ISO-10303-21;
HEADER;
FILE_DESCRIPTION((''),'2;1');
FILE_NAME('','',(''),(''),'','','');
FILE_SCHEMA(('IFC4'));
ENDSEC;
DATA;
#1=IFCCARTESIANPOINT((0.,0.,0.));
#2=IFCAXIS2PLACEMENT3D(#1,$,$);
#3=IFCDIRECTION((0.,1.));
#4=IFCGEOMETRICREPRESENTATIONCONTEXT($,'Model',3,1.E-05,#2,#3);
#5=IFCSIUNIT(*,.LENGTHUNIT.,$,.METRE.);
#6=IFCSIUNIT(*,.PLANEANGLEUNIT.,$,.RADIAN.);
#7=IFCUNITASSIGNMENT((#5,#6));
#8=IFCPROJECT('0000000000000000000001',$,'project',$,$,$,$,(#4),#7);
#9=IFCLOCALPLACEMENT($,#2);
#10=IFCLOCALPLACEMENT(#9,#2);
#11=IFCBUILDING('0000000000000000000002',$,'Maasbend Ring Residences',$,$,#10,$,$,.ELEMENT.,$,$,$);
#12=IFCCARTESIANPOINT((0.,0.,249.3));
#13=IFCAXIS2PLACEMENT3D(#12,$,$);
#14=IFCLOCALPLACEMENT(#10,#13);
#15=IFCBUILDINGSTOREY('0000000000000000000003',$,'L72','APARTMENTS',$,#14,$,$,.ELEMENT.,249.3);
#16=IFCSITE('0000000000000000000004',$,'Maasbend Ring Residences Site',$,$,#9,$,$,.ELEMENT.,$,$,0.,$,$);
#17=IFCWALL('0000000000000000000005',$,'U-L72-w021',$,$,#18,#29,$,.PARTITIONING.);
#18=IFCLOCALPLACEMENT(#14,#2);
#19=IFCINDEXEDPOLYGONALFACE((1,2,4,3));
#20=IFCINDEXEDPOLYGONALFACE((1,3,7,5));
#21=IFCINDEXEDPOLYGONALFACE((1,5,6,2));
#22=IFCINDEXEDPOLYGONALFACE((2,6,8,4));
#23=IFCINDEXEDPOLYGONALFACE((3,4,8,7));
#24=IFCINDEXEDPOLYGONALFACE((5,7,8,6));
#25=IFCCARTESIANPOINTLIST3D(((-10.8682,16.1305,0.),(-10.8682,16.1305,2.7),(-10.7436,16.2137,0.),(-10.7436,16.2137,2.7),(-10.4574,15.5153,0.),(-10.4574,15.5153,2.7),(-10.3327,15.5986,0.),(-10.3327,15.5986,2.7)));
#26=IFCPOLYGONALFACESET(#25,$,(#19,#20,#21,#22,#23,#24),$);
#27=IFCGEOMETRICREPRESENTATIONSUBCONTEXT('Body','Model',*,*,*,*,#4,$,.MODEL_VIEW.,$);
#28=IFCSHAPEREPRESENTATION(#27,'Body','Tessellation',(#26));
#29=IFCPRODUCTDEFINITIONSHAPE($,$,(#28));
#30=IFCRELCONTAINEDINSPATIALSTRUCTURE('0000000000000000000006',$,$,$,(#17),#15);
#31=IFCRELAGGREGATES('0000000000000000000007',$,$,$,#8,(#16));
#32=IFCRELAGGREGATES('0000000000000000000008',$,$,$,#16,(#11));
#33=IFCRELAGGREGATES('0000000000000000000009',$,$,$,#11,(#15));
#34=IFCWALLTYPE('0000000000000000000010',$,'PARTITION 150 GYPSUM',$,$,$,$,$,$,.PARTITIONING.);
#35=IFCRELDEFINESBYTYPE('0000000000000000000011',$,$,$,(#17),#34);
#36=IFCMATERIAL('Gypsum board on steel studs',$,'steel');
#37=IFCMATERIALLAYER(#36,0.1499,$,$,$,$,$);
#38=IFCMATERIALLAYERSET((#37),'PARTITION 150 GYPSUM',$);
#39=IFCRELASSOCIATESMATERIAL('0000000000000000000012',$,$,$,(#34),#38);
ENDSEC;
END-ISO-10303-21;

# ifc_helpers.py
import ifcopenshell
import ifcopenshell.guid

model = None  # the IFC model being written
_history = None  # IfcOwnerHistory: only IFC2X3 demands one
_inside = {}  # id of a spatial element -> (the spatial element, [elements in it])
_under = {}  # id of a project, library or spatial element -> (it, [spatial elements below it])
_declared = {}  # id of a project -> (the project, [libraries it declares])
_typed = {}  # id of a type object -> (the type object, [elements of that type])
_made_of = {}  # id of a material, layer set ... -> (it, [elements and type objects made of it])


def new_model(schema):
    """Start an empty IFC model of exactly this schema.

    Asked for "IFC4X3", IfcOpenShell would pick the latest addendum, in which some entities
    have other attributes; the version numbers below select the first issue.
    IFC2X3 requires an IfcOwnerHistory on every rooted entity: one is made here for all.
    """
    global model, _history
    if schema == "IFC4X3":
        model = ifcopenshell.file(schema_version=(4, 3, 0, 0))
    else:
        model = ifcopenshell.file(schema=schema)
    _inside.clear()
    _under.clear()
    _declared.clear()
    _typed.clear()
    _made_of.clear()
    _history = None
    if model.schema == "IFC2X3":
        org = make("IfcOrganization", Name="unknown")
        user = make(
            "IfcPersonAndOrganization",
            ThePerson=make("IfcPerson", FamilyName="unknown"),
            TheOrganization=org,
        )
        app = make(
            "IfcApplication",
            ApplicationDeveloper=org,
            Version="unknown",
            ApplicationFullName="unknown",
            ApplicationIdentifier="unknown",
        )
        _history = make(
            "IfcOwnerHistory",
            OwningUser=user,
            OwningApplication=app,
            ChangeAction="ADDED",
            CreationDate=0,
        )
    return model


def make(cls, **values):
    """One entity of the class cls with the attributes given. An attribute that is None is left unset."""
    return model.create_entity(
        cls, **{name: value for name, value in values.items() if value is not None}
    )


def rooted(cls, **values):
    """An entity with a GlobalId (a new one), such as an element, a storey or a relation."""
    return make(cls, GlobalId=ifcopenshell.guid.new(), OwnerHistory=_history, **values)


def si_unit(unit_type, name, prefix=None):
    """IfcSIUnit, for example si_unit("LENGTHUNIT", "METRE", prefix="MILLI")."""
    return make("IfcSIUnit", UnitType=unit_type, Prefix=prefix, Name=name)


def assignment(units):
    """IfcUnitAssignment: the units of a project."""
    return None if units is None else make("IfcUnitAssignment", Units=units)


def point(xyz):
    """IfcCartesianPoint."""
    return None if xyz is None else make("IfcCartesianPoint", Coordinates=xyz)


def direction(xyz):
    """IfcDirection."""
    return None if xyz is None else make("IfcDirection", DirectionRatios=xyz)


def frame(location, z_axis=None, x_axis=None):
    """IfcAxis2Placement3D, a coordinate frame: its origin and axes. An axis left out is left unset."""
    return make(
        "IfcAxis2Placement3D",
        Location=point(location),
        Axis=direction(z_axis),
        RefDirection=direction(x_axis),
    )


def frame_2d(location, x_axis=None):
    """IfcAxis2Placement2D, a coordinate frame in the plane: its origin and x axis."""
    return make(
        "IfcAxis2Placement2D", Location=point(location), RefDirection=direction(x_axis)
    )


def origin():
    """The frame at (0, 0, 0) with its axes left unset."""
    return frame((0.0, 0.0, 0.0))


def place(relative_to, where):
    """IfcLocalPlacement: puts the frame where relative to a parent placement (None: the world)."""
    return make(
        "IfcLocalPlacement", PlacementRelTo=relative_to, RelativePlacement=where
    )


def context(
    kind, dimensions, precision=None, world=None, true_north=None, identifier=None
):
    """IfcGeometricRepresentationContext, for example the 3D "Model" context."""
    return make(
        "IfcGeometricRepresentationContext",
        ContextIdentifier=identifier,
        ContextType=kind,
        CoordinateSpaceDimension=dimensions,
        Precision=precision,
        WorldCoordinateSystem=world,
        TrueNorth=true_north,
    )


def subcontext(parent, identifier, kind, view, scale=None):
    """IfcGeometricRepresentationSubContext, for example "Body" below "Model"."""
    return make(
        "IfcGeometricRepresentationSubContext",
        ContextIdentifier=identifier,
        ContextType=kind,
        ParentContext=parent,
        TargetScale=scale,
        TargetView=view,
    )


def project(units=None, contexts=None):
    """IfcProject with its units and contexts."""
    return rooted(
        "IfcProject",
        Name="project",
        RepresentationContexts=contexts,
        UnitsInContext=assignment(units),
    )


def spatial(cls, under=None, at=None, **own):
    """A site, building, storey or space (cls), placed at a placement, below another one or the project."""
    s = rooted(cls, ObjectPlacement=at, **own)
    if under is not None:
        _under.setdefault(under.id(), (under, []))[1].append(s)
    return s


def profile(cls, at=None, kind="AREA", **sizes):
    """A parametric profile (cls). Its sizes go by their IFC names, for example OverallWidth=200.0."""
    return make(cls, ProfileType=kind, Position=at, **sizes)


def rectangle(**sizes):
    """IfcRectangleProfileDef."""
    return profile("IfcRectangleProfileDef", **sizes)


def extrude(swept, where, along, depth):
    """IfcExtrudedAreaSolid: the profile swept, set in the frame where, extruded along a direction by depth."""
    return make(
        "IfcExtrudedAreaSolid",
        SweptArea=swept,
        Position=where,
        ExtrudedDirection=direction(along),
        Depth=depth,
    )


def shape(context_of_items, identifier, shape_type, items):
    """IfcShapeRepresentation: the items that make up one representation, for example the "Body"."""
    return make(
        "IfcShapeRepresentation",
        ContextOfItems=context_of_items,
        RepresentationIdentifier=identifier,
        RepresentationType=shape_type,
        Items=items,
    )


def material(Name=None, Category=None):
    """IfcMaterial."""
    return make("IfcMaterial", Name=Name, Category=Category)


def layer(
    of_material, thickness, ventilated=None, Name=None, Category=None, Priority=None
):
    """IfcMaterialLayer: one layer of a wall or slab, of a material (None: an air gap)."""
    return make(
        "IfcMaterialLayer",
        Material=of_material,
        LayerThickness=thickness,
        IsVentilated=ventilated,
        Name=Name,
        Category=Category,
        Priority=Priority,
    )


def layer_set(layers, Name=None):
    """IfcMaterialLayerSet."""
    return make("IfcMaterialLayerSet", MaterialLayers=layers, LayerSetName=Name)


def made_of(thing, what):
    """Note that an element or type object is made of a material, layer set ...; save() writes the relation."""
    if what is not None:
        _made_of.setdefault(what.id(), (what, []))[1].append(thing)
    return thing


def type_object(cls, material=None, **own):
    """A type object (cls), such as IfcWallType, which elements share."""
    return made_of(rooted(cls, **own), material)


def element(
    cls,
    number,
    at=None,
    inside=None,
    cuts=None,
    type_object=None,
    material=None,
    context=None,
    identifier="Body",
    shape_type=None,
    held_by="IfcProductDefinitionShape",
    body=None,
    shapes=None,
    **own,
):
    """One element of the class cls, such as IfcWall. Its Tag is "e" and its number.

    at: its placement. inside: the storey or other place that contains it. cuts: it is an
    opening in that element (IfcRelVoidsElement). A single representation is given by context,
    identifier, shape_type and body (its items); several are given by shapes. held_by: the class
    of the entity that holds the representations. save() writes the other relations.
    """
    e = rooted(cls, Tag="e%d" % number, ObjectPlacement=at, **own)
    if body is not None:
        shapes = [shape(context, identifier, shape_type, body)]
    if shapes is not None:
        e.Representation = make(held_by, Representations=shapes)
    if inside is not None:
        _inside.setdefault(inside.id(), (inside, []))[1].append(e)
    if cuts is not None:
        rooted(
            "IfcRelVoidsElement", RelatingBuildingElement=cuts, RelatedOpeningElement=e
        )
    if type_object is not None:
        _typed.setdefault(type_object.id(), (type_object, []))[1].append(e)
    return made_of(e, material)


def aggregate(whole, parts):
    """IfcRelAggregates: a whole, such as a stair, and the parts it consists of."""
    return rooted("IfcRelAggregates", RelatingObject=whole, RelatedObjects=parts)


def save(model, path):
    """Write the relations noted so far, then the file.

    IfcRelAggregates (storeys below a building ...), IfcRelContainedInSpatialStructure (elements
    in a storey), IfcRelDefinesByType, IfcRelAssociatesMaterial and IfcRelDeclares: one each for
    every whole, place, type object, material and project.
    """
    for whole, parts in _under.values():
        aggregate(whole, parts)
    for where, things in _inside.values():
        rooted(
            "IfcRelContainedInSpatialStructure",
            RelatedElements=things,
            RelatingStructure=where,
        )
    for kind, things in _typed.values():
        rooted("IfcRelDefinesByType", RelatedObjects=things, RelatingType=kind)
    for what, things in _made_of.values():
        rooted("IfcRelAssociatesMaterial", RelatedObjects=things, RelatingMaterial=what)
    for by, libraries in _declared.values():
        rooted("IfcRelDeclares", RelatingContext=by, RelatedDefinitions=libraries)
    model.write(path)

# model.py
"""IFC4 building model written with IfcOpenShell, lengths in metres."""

from ifc_helpers import new_model, si_unit, direction, frame, frame_2d, origin, place, context, subcontext, project, spatial, rectangle, extrude, material, layer, layer_set, type_object, element, save


model = new_model("IFC4")

# Units and contexts
model_context = context("Model", 3, precision=1e-05, world=origin(), true_north=direction((0.0, 1.0)))
body_context = subcontext(model_context, "Body", "Model", "MODEL_VIEW")
ifc_project = project(units=[si_unit("LENGTHUNIT", "METRE"), si_unit("PLANEANGLEUNIT", "RADIAN")], contexts=[model_context])

# Site, building, storey
site_placement = place(None, origin())
site = spatial("IfcSite", under=ifc_project, at=site_placement, Name="Maasbend Ring Residences Site", CompositionType="ELEMENT", RefElevation=0.0)
building_placement = place(site_placement, origin())
building = spatial("IfcBuilding", under=site, at=building_placement, Name="Maasbend Ring Residences", CompositionType="ELEMENT")
storey_placement = place(building_placement, frame((0.0, 0.0, 249.3)))
storey = spatial("IfcBuildingStorey", under=building, at=storey_placement, Name="L72", Description="APARTMENTS", CompositionType="ELEMENT", Elevation=249.3)

# Wall
ifc_material_1 = material(Name="Gypsum board on steel studs", Category="steel")
ifc_layer_1 = layer(ifc_material_1, 0.1499)
ifc_layer_set_1 = layer_set([ifc_layer_1], Name="PARTITION 150 GYPSUM")
wall_type_1 = type_object("IfcWallType", Name="PARTITION 150 GYPSUM", PredefinedType="PARTITIONING", material=ifc_layer_set_1)
wall_1_placement = place(storey_placement, frame((-10.8059, 16.1721, 0.0), z_axis=(0.0, 0.0, 1.0), x_axis=(0.555385, -0.831593, 0.0)))
element("IfcWall", 1, at=wall_1_placement, inside=storey, type_object=wall_type_1, Name="U-L72-w021", PredefinedType="PARTITIONING", context=body_context, shape_type="SweptSolid", body=[
    extrude(rectangle(XDim=0.7397, YDim=0.1499, at=frame_2d((0.3699, 0.0))), origin(), (0.0, 0.0, 1.0), 2.7),
])

save(model, "model.ifc")
